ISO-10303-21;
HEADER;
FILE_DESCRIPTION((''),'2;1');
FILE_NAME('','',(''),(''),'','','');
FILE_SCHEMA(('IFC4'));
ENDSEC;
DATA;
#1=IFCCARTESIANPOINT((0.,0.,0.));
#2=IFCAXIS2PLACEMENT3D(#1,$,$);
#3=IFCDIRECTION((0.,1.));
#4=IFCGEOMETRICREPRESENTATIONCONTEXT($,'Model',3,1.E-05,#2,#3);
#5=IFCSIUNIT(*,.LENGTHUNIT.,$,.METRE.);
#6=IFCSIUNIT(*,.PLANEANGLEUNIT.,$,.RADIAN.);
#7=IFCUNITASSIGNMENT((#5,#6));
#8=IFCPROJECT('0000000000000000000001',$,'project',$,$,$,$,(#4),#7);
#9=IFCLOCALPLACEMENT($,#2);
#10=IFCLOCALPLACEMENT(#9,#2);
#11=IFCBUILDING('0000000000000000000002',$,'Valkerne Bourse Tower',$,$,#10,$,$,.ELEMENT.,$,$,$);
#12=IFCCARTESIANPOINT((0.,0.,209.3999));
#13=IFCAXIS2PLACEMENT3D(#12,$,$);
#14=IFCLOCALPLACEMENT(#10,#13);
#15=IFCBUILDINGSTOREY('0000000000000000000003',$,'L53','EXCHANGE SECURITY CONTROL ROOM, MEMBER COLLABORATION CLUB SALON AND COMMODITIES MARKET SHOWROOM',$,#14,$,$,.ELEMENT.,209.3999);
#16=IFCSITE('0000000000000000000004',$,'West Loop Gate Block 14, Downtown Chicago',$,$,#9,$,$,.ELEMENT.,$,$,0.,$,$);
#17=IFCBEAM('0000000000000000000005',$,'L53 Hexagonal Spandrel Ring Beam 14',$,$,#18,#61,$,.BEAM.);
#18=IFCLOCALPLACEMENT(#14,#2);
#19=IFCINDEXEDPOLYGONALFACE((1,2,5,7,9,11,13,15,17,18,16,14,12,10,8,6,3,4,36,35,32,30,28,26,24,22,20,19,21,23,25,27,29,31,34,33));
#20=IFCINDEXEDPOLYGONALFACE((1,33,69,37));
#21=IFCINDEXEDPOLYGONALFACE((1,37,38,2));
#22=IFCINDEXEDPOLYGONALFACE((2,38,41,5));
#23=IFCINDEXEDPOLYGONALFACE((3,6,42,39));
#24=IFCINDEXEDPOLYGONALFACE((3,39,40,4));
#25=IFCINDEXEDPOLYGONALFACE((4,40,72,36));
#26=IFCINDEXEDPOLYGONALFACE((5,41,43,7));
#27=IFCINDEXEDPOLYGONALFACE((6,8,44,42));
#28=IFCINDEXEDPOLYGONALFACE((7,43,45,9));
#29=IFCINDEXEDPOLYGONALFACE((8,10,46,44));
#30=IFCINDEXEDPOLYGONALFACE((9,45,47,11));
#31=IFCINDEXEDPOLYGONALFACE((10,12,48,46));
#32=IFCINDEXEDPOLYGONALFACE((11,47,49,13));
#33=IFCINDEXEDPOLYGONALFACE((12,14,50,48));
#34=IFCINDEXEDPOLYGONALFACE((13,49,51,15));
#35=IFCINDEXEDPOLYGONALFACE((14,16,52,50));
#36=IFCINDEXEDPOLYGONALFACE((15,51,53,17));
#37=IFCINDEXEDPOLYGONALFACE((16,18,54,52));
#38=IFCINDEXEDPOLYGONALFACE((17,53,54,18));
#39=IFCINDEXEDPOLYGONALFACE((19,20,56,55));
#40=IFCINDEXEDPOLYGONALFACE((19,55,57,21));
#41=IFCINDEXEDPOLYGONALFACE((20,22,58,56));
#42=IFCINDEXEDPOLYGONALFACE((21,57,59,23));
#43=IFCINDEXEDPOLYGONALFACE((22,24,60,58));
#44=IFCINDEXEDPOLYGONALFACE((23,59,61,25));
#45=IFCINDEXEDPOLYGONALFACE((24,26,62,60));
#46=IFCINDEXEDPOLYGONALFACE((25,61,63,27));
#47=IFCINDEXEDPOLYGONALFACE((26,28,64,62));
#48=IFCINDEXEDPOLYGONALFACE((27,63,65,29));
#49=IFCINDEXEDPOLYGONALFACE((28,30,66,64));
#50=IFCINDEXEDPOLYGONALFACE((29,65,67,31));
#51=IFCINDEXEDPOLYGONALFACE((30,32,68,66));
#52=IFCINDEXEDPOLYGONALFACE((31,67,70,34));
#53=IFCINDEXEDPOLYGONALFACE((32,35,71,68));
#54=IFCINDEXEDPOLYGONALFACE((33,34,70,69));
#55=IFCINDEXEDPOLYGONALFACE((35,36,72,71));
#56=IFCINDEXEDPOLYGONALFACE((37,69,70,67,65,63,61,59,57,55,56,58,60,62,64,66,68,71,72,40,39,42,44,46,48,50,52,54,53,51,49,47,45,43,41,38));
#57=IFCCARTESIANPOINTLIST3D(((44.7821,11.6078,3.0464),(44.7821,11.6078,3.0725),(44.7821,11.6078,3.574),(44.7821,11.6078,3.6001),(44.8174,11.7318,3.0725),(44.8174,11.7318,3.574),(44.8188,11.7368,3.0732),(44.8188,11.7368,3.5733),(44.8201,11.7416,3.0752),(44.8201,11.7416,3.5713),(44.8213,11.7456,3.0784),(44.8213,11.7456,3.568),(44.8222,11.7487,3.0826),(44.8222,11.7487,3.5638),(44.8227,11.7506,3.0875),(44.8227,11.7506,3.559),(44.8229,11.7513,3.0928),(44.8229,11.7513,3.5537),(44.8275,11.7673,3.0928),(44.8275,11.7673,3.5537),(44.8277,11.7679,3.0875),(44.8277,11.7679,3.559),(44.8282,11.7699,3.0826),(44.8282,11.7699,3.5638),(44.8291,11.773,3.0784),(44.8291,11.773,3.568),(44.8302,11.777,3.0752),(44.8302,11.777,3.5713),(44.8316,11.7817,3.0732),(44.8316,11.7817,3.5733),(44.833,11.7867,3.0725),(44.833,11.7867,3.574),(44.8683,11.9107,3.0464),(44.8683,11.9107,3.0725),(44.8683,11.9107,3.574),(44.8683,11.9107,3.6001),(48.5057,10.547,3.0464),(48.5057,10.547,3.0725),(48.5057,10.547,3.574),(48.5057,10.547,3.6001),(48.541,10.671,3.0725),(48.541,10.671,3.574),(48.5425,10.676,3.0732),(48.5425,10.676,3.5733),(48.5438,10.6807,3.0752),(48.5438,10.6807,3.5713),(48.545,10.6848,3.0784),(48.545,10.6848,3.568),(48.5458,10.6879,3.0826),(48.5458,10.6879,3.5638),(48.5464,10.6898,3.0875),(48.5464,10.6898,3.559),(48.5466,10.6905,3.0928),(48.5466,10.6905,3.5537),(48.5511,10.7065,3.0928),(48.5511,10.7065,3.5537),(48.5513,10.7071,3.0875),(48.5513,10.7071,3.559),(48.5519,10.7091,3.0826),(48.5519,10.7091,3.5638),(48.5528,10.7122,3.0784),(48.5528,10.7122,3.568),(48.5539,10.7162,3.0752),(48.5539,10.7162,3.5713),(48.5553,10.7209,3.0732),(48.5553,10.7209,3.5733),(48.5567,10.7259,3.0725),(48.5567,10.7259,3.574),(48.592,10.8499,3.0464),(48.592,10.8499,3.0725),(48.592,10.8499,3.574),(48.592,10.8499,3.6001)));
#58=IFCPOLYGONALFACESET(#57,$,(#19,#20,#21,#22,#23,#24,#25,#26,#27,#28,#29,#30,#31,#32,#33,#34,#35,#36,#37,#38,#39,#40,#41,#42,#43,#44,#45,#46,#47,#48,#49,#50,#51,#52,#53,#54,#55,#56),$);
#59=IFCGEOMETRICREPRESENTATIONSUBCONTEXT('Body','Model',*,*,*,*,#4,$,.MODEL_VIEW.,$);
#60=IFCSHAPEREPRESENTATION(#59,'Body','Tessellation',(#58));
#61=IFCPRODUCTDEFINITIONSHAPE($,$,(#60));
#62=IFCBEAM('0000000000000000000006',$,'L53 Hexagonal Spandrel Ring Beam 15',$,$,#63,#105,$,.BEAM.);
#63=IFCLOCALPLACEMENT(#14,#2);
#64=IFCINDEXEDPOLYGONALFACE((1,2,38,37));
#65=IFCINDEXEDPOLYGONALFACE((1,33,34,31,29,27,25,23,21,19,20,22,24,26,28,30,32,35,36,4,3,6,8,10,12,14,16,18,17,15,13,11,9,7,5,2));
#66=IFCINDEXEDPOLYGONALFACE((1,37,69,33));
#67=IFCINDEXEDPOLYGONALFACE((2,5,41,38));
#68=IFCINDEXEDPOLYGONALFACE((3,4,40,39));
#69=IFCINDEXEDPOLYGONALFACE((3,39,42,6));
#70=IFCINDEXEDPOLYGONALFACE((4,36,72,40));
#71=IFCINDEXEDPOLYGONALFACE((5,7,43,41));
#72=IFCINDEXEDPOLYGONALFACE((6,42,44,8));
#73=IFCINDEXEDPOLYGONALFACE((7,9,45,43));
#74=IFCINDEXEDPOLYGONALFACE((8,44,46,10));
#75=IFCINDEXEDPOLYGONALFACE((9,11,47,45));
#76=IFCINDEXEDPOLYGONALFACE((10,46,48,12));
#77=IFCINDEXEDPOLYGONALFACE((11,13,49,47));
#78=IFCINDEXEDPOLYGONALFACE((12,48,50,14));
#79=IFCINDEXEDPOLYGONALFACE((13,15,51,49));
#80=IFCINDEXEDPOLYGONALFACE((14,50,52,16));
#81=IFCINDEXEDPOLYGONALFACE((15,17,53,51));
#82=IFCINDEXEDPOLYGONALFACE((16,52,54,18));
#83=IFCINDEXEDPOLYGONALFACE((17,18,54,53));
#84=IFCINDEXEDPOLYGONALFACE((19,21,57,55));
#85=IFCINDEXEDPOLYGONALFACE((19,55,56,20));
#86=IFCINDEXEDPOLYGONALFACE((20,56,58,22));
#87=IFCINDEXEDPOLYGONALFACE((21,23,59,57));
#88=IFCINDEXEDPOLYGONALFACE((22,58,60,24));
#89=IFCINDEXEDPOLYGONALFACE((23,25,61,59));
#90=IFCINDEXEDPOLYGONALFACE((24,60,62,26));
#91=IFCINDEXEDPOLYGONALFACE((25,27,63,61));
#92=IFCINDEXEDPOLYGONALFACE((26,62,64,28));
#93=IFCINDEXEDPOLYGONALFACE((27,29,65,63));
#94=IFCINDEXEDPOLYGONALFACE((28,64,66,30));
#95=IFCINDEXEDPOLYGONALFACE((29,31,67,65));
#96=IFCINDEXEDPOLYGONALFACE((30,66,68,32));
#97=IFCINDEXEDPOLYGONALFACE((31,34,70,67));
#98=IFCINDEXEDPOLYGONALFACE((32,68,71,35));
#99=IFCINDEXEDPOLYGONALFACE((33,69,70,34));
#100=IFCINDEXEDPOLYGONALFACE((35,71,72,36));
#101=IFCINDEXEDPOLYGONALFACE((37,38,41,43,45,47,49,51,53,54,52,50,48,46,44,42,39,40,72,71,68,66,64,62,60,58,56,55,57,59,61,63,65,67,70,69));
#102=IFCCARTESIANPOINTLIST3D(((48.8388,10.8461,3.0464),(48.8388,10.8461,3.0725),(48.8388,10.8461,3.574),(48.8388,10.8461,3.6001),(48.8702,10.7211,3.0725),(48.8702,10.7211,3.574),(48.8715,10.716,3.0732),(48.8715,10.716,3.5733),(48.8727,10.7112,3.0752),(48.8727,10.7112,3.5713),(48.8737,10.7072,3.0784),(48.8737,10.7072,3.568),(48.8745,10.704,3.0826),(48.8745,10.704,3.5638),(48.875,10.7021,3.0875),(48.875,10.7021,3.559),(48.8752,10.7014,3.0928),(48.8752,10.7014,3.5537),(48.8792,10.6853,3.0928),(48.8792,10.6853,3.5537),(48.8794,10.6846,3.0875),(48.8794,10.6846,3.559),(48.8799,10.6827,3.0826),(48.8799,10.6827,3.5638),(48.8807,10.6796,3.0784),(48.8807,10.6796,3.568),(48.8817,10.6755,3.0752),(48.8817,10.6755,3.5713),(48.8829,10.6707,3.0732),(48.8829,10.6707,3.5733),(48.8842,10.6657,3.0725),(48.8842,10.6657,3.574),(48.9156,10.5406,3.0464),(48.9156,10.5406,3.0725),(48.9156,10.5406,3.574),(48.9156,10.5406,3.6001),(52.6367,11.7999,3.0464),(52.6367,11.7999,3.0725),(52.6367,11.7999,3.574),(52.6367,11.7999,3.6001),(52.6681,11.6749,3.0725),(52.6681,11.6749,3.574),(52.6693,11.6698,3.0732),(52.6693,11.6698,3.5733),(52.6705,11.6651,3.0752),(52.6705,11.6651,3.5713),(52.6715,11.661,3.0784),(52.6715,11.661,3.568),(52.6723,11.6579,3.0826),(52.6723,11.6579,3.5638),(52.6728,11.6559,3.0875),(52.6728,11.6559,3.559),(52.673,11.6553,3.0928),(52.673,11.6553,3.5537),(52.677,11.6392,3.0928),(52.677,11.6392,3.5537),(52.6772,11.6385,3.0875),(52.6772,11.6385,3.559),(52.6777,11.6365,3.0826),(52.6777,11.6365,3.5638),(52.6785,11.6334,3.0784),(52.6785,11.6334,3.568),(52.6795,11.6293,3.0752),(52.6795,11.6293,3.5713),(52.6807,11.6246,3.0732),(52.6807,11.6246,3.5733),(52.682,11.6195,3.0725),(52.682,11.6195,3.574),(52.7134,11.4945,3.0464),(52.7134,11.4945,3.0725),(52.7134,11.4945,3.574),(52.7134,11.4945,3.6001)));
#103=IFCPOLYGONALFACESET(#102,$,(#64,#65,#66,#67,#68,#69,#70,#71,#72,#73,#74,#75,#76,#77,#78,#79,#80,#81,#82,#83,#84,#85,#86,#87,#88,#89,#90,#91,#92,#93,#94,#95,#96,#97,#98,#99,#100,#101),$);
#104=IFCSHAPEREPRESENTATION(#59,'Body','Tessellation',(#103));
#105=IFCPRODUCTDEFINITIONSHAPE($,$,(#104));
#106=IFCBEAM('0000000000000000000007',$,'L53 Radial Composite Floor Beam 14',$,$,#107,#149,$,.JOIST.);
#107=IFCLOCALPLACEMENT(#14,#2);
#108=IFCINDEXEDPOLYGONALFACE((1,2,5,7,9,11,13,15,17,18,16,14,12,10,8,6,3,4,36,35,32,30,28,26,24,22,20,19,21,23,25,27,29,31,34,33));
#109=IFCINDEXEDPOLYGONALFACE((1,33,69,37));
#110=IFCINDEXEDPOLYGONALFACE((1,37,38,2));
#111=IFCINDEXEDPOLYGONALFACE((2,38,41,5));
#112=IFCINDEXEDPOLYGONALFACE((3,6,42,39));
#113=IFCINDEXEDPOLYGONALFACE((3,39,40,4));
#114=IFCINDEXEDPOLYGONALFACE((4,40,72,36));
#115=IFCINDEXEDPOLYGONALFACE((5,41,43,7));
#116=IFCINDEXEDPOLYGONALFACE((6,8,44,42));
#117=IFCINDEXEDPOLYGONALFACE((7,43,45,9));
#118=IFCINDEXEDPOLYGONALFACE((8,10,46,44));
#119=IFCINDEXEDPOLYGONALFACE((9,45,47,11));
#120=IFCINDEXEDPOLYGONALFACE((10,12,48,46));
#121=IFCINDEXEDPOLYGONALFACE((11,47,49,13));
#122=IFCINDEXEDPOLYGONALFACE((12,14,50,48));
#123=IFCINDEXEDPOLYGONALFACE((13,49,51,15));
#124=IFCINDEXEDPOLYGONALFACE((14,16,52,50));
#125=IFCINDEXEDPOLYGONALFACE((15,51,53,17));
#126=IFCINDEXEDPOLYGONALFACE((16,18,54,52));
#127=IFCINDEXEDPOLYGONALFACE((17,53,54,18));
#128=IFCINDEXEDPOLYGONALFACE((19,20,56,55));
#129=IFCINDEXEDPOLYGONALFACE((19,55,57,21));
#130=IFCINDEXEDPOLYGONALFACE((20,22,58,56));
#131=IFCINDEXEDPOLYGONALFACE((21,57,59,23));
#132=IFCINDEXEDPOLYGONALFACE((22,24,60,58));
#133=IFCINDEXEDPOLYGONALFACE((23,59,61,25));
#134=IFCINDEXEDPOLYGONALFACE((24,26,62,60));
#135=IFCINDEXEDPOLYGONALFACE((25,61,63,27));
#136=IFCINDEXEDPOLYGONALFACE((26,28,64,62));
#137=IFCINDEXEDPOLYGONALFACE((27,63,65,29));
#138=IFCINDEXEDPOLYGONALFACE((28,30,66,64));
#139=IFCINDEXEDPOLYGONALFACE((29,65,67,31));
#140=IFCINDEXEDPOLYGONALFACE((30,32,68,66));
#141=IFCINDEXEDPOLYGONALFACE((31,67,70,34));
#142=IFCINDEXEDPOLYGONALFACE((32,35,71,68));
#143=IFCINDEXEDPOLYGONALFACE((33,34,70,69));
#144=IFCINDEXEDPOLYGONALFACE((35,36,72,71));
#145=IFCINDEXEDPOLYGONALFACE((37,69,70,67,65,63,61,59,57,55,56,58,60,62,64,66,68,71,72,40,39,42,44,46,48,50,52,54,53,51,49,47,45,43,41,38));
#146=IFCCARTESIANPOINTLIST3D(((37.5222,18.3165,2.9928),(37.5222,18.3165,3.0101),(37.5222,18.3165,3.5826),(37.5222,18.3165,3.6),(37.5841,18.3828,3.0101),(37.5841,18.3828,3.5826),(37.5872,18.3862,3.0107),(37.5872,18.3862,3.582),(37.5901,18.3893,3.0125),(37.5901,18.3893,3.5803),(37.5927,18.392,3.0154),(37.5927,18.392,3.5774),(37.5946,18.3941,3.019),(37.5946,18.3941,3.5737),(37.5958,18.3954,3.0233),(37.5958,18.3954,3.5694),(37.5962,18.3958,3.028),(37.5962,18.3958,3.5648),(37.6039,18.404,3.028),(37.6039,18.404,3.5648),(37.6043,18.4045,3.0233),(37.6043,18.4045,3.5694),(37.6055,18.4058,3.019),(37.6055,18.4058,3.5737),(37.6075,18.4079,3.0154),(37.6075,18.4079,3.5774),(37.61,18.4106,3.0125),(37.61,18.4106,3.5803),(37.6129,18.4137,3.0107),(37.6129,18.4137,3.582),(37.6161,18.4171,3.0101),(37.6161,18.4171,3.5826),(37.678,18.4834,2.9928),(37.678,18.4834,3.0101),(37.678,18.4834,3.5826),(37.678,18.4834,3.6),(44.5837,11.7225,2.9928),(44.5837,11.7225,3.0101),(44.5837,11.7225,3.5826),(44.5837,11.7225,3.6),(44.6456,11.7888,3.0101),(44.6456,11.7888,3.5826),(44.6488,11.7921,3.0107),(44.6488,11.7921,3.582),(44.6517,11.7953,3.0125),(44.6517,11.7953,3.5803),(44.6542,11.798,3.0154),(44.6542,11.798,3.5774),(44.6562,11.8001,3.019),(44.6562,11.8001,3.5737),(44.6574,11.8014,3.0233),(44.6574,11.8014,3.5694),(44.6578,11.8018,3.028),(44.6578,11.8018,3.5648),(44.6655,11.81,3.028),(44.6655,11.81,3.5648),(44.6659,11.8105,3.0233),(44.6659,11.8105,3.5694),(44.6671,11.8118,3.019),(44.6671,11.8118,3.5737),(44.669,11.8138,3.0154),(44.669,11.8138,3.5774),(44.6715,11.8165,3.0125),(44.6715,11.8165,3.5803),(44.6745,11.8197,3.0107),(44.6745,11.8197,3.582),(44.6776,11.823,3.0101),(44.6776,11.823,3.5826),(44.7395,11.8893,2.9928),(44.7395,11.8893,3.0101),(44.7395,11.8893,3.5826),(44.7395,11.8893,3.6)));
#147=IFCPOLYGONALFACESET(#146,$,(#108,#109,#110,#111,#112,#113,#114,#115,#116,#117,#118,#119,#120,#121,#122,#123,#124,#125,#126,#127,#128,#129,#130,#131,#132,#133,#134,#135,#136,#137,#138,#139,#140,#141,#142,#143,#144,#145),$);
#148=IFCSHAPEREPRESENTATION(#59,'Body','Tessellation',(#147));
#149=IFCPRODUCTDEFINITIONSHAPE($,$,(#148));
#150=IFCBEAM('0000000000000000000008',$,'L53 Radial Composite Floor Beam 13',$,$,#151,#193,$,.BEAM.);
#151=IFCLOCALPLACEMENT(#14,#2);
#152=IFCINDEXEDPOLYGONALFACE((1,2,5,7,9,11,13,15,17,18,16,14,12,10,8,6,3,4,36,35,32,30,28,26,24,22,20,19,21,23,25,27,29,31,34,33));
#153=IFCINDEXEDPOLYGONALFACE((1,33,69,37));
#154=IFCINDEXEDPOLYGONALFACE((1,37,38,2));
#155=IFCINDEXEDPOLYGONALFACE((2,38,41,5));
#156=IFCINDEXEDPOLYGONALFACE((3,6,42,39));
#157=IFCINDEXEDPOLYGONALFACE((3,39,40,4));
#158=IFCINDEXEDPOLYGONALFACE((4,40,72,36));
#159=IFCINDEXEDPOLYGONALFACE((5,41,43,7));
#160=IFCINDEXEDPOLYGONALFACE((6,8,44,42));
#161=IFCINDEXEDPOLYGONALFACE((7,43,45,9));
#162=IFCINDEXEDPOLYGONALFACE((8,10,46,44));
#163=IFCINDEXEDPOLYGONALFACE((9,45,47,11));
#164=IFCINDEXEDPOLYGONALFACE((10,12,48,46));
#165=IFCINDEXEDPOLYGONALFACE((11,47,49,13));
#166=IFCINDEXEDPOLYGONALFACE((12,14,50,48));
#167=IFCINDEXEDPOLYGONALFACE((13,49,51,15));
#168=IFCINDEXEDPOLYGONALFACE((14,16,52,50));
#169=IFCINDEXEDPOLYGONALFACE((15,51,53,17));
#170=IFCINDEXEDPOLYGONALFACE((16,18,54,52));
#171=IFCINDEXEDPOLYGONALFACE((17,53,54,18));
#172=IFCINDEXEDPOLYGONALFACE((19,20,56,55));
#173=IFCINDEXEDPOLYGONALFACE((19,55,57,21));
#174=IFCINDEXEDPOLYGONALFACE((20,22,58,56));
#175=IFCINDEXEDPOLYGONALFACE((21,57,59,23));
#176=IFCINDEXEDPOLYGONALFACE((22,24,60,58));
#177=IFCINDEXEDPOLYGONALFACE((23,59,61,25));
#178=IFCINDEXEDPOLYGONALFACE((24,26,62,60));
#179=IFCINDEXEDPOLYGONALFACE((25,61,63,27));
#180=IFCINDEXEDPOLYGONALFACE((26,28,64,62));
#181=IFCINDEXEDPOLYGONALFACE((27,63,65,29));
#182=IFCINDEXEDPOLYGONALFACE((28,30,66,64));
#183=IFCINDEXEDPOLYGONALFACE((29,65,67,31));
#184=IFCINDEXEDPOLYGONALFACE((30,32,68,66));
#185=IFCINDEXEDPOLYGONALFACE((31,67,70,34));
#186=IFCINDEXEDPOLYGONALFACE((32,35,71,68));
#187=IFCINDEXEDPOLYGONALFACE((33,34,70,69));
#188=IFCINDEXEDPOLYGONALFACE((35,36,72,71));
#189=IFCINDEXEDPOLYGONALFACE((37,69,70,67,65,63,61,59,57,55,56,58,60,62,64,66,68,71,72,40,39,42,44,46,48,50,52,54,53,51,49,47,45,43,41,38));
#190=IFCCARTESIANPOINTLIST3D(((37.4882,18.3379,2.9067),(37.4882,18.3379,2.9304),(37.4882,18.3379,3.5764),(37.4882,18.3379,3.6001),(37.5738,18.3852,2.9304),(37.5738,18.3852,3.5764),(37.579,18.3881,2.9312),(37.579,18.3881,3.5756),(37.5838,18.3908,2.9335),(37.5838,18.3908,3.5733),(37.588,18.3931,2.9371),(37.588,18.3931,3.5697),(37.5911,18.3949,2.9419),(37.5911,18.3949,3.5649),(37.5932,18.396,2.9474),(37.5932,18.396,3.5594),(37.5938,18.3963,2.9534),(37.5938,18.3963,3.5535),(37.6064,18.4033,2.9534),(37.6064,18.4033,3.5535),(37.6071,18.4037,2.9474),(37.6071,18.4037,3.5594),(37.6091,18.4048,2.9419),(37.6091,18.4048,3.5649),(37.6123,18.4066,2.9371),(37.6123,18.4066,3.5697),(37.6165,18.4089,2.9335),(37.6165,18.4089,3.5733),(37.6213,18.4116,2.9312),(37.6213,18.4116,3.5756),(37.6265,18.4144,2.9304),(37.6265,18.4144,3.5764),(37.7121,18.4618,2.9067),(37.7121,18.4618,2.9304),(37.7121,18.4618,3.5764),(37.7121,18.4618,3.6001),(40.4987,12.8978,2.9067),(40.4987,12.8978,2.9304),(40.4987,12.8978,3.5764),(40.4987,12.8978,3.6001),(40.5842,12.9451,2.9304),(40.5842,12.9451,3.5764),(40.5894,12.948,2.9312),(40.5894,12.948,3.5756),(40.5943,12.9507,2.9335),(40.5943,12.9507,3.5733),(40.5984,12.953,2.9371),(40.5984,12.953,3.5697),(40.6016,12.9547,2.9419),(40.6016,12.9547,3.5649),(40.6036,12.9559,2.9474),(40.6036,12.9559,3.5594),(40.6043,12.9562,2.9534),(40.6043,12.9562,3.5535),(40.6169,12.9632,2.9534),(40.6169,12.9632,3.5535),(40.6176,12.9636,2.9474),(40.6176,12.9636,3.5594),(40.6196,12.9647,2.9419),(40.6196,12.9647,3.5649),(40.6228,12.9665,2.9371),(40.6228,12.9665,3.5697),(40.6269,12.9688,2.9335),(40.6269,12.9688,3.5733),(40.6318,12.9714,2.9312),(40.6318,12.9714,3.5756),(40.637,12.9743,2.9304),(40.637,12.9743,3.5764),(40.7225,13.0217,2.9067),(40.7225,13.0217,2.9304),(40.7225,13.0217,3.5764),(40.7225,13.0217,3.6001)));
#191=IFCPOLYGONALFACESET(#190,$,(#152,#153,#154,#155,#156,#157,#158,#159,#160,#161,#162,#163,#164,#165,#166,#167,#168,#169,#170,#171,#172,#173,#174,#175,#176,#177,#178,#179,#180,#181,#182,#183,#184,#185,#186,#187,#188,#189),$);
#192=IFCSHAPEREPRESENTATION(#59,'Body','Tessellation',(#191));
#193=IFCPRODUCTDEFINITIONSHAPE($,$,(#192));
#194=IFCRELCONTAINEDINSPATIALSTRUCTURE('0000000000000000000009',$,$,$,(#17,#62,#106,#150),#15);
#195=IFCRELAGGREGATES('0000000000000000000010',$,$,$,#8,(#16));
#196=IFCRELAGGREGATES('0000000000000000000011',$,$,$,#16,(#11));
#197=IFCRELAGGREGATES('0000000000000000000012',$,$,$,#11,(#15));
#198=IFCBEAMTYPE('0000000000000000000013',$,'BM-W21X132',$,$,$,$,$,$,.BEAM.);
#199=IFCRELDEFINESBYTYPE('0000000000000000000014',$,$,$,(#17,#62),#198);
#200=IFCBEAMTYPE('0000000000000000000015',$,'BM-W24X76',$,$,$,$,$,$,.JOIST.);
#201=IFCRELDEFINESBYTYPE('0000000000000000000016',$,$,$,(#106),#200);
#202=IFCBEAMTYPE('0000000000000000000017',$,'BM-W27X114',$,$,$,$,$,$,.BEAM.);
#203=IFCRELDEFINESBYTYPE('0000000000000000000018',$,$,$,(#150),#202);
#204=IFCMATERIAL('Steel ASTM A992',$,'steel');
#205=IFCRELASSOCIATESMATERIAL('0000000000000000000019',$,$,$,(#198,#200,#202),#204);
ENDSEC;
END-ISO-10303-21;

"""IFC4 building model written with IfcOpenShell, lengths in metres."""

from ifc_helpers import new_model, si_unit, direction, frame, origin, origin_2d, place, context, subcontext, project, spatial, i_section, extrude, material, material_profile, profile_set, type_object, element, save


model = new_model("IFC4")

# Units and contexts
model_context = context("Model", 3, precision=1e-05, world=origin(), true_north=direction((0.0, 1.0)))
body_context = subcontext(model_context, "Body", "Model", "MODEL_VIEW")
ifc_project = project(units=[si_unit("LENGTHUNIT", "METRE"), si_unit("PLANEANGLEUNIT", "RADIAN")], contexts=[model_context])

# Site, building, storey
site_placement = place(None, origin())
site = spatial("IfcSite", under=ifc_project, at=site_placement, Name="West Loop Gate Block 14, Downtown Chicago", CompositionType="ELEMENT", RefElevation=0.0)
building_placement = place(site_placement, origin())
building = spatial("IfcBuilding", under=site, at=building_placement, Name="Valkerne Bourse Tower", CompositionType="ELEMENT")
storey_placement = place(building_placement, frame((0.0, 0.0, 209.3999)))
storey = spatial("IfcBuildingStorey", under=building, at=storey_placement, Name="L53", Description="EXCHANGE SECURITY CONTROL ROOM, MEMBER COLLABORATION CLUB SALON AND COMMODITIES MARKET SHOWROOM", CompositionType="ELEMENT", Elevation=209.3999)

# Beams
ifc_material_1 = material(Name="Steel ASTM A992", Category="steel")
ifc_material_profile_1 = material_profile(ifc_material_1, i_section(OverallWidth=0.3149, OverallDepth=0.5537, WebThickness=0.0166, FlangeThickness=0.0261, FilletRadius=0.0203, at=origin_2d()), Name="W21X132")
ifc_profile_set_1 = profile_set([ifc_material_profile_1], Name="Steel ASTM A992")
beam_type_1 = type_object("IfcBeamType", Name="BM-W21X132", PredefinedType="BEAM", material=ifc_profile_set_1)
beam_1_placement = place(storey_placement, frame((44.8252, 11.7593, 3.3232), z_axis=(0.961735, -0.27398, 0.0), x_axis=(0.27398, 0.961735, 0.0)))
element("IfcBeam", 1, at=beam_1_placement, inside=storey, type_object=beam_type_1, Name="L53 Hexagonal Spandrel Ring Beam 14", PredefinedType="BEAM", context=body_context, shape_type="SweptSolid", body=[
    extrude(i_section(OverallWidth=0.3149, OverallDepth=0.5537, WebThickness=0.0166, FlangeThickness=0.0261, FilletRadius=0.0203, at=origin_2d()), origin(), (0.0, 0.0, 1.0), 3.8718),
])
beam_2_placement = place(storey_placement, frame((48.8772, 10.6934, 3.3232), z_axis=(0.969878, 0.243592, 0.0), x_axis=(-0.243592, 0.969878, 0.0)))
element("IfcBeam", 2, at=beam_2_placement, inside=storey, type_object=beam_type_1, Name="L53 Hexagonal Spandrel Ring Beam 15", PredefinedType="BEAM", context=body_context, shape_type="SweptSolid", body=[
    extrude(i_section(OverallWidth=0.3149, OverallDepth=0.5537, WebThickness=0.0166, FlangeThickness=0.0261, FilletRadius=0.0203, at=origin_2d()), origin(), (0.0, 0.0, 1.0), 3.9158),
])
ifc_material_profile_2 = material_profile(ifc_material_1, i_section(OverallWidth=0.2283, OverallDepth=0.6072, WebThickness=0.0112, FlangeThickness=0.0173, FilletRadius=0.0178, at=origin_2d()), Name="W24X76")
ifc_profile_set_2 = profile_set([ifc_material_profile_2], Name="Steel ASTM A992")
beam_type_2 = type_object("IfcBeamType", Name="BM-W24X76", PredefinedType="JOIST", material=ifc_profile_set_2)
beam_3_placement = place(storey_placement, frame((44.6616, 11.8059, 3.2964), z_axis=(-0.730888, 0.682497, 0.0), x_axis=(-0.682497, -0.730888, 0.0)))
element("IfcBeam", 3, at=beam_3_placement, inside=storey, type_object=beam_type_2, Name="L53 Radial Composite Floor Beam 14", PredefinedType="JOIST", context=body_context, shape_type="SweptSolid", body=[
    extrude(i_section(OverallWidth=0.2283, OverallDepth=0.6072, WebThickness=0.0112, FlangeThickness=0.0173, FilletRadius=0.0178, at=origin_2d()), origin(), (0.0, 0.0, 1.0), 9.6616),
])
ifc_material_profile_3 = material_profile(ifc_material_1, i_section(OverallWidth=0.2559, OverallDepth=0.6934, WebThickness=0.0144, FlangeThickness=0.0237, FilletRadius=0.0229, at=origin_2d()), Name="W27X114")
ifc_profile_set_3 = profile_set([ifc_material_profile_3], Name="Steel ASTM A992")
beam_type_3 = type_object("IfcBeamType", Name="BM-W27X114", PredefinedType="BEAM", material=ifc_profile_set_3)
beam_4_placement = place(storey_placement, frame((40.6106, 12.9597, 3.2534), z_axis=(-0.484189, 0.874964, 0.0), x_axis=(-0.874964, -0.484189, 0.0)))
element("IfcBeam", 4, at=beam_4_placement, inside=storey, type_object=beam_type_3, Name="L53 Radial Composite Floor Beam 13", PredefinedType="BEAM", context=body_context, shape_type="SweptSolid", body=[
    extrude(i_section(OverallWidth=0.2559, OverallDepth=0.6934, WebThickness=0.0144, FlangeThickness=0.0237, FilletRadius=0.0229, at=origin_2d()), origin(), (0.0, 0.0, 1.0), 6.2175),
])

save(model, "model.ifc")
